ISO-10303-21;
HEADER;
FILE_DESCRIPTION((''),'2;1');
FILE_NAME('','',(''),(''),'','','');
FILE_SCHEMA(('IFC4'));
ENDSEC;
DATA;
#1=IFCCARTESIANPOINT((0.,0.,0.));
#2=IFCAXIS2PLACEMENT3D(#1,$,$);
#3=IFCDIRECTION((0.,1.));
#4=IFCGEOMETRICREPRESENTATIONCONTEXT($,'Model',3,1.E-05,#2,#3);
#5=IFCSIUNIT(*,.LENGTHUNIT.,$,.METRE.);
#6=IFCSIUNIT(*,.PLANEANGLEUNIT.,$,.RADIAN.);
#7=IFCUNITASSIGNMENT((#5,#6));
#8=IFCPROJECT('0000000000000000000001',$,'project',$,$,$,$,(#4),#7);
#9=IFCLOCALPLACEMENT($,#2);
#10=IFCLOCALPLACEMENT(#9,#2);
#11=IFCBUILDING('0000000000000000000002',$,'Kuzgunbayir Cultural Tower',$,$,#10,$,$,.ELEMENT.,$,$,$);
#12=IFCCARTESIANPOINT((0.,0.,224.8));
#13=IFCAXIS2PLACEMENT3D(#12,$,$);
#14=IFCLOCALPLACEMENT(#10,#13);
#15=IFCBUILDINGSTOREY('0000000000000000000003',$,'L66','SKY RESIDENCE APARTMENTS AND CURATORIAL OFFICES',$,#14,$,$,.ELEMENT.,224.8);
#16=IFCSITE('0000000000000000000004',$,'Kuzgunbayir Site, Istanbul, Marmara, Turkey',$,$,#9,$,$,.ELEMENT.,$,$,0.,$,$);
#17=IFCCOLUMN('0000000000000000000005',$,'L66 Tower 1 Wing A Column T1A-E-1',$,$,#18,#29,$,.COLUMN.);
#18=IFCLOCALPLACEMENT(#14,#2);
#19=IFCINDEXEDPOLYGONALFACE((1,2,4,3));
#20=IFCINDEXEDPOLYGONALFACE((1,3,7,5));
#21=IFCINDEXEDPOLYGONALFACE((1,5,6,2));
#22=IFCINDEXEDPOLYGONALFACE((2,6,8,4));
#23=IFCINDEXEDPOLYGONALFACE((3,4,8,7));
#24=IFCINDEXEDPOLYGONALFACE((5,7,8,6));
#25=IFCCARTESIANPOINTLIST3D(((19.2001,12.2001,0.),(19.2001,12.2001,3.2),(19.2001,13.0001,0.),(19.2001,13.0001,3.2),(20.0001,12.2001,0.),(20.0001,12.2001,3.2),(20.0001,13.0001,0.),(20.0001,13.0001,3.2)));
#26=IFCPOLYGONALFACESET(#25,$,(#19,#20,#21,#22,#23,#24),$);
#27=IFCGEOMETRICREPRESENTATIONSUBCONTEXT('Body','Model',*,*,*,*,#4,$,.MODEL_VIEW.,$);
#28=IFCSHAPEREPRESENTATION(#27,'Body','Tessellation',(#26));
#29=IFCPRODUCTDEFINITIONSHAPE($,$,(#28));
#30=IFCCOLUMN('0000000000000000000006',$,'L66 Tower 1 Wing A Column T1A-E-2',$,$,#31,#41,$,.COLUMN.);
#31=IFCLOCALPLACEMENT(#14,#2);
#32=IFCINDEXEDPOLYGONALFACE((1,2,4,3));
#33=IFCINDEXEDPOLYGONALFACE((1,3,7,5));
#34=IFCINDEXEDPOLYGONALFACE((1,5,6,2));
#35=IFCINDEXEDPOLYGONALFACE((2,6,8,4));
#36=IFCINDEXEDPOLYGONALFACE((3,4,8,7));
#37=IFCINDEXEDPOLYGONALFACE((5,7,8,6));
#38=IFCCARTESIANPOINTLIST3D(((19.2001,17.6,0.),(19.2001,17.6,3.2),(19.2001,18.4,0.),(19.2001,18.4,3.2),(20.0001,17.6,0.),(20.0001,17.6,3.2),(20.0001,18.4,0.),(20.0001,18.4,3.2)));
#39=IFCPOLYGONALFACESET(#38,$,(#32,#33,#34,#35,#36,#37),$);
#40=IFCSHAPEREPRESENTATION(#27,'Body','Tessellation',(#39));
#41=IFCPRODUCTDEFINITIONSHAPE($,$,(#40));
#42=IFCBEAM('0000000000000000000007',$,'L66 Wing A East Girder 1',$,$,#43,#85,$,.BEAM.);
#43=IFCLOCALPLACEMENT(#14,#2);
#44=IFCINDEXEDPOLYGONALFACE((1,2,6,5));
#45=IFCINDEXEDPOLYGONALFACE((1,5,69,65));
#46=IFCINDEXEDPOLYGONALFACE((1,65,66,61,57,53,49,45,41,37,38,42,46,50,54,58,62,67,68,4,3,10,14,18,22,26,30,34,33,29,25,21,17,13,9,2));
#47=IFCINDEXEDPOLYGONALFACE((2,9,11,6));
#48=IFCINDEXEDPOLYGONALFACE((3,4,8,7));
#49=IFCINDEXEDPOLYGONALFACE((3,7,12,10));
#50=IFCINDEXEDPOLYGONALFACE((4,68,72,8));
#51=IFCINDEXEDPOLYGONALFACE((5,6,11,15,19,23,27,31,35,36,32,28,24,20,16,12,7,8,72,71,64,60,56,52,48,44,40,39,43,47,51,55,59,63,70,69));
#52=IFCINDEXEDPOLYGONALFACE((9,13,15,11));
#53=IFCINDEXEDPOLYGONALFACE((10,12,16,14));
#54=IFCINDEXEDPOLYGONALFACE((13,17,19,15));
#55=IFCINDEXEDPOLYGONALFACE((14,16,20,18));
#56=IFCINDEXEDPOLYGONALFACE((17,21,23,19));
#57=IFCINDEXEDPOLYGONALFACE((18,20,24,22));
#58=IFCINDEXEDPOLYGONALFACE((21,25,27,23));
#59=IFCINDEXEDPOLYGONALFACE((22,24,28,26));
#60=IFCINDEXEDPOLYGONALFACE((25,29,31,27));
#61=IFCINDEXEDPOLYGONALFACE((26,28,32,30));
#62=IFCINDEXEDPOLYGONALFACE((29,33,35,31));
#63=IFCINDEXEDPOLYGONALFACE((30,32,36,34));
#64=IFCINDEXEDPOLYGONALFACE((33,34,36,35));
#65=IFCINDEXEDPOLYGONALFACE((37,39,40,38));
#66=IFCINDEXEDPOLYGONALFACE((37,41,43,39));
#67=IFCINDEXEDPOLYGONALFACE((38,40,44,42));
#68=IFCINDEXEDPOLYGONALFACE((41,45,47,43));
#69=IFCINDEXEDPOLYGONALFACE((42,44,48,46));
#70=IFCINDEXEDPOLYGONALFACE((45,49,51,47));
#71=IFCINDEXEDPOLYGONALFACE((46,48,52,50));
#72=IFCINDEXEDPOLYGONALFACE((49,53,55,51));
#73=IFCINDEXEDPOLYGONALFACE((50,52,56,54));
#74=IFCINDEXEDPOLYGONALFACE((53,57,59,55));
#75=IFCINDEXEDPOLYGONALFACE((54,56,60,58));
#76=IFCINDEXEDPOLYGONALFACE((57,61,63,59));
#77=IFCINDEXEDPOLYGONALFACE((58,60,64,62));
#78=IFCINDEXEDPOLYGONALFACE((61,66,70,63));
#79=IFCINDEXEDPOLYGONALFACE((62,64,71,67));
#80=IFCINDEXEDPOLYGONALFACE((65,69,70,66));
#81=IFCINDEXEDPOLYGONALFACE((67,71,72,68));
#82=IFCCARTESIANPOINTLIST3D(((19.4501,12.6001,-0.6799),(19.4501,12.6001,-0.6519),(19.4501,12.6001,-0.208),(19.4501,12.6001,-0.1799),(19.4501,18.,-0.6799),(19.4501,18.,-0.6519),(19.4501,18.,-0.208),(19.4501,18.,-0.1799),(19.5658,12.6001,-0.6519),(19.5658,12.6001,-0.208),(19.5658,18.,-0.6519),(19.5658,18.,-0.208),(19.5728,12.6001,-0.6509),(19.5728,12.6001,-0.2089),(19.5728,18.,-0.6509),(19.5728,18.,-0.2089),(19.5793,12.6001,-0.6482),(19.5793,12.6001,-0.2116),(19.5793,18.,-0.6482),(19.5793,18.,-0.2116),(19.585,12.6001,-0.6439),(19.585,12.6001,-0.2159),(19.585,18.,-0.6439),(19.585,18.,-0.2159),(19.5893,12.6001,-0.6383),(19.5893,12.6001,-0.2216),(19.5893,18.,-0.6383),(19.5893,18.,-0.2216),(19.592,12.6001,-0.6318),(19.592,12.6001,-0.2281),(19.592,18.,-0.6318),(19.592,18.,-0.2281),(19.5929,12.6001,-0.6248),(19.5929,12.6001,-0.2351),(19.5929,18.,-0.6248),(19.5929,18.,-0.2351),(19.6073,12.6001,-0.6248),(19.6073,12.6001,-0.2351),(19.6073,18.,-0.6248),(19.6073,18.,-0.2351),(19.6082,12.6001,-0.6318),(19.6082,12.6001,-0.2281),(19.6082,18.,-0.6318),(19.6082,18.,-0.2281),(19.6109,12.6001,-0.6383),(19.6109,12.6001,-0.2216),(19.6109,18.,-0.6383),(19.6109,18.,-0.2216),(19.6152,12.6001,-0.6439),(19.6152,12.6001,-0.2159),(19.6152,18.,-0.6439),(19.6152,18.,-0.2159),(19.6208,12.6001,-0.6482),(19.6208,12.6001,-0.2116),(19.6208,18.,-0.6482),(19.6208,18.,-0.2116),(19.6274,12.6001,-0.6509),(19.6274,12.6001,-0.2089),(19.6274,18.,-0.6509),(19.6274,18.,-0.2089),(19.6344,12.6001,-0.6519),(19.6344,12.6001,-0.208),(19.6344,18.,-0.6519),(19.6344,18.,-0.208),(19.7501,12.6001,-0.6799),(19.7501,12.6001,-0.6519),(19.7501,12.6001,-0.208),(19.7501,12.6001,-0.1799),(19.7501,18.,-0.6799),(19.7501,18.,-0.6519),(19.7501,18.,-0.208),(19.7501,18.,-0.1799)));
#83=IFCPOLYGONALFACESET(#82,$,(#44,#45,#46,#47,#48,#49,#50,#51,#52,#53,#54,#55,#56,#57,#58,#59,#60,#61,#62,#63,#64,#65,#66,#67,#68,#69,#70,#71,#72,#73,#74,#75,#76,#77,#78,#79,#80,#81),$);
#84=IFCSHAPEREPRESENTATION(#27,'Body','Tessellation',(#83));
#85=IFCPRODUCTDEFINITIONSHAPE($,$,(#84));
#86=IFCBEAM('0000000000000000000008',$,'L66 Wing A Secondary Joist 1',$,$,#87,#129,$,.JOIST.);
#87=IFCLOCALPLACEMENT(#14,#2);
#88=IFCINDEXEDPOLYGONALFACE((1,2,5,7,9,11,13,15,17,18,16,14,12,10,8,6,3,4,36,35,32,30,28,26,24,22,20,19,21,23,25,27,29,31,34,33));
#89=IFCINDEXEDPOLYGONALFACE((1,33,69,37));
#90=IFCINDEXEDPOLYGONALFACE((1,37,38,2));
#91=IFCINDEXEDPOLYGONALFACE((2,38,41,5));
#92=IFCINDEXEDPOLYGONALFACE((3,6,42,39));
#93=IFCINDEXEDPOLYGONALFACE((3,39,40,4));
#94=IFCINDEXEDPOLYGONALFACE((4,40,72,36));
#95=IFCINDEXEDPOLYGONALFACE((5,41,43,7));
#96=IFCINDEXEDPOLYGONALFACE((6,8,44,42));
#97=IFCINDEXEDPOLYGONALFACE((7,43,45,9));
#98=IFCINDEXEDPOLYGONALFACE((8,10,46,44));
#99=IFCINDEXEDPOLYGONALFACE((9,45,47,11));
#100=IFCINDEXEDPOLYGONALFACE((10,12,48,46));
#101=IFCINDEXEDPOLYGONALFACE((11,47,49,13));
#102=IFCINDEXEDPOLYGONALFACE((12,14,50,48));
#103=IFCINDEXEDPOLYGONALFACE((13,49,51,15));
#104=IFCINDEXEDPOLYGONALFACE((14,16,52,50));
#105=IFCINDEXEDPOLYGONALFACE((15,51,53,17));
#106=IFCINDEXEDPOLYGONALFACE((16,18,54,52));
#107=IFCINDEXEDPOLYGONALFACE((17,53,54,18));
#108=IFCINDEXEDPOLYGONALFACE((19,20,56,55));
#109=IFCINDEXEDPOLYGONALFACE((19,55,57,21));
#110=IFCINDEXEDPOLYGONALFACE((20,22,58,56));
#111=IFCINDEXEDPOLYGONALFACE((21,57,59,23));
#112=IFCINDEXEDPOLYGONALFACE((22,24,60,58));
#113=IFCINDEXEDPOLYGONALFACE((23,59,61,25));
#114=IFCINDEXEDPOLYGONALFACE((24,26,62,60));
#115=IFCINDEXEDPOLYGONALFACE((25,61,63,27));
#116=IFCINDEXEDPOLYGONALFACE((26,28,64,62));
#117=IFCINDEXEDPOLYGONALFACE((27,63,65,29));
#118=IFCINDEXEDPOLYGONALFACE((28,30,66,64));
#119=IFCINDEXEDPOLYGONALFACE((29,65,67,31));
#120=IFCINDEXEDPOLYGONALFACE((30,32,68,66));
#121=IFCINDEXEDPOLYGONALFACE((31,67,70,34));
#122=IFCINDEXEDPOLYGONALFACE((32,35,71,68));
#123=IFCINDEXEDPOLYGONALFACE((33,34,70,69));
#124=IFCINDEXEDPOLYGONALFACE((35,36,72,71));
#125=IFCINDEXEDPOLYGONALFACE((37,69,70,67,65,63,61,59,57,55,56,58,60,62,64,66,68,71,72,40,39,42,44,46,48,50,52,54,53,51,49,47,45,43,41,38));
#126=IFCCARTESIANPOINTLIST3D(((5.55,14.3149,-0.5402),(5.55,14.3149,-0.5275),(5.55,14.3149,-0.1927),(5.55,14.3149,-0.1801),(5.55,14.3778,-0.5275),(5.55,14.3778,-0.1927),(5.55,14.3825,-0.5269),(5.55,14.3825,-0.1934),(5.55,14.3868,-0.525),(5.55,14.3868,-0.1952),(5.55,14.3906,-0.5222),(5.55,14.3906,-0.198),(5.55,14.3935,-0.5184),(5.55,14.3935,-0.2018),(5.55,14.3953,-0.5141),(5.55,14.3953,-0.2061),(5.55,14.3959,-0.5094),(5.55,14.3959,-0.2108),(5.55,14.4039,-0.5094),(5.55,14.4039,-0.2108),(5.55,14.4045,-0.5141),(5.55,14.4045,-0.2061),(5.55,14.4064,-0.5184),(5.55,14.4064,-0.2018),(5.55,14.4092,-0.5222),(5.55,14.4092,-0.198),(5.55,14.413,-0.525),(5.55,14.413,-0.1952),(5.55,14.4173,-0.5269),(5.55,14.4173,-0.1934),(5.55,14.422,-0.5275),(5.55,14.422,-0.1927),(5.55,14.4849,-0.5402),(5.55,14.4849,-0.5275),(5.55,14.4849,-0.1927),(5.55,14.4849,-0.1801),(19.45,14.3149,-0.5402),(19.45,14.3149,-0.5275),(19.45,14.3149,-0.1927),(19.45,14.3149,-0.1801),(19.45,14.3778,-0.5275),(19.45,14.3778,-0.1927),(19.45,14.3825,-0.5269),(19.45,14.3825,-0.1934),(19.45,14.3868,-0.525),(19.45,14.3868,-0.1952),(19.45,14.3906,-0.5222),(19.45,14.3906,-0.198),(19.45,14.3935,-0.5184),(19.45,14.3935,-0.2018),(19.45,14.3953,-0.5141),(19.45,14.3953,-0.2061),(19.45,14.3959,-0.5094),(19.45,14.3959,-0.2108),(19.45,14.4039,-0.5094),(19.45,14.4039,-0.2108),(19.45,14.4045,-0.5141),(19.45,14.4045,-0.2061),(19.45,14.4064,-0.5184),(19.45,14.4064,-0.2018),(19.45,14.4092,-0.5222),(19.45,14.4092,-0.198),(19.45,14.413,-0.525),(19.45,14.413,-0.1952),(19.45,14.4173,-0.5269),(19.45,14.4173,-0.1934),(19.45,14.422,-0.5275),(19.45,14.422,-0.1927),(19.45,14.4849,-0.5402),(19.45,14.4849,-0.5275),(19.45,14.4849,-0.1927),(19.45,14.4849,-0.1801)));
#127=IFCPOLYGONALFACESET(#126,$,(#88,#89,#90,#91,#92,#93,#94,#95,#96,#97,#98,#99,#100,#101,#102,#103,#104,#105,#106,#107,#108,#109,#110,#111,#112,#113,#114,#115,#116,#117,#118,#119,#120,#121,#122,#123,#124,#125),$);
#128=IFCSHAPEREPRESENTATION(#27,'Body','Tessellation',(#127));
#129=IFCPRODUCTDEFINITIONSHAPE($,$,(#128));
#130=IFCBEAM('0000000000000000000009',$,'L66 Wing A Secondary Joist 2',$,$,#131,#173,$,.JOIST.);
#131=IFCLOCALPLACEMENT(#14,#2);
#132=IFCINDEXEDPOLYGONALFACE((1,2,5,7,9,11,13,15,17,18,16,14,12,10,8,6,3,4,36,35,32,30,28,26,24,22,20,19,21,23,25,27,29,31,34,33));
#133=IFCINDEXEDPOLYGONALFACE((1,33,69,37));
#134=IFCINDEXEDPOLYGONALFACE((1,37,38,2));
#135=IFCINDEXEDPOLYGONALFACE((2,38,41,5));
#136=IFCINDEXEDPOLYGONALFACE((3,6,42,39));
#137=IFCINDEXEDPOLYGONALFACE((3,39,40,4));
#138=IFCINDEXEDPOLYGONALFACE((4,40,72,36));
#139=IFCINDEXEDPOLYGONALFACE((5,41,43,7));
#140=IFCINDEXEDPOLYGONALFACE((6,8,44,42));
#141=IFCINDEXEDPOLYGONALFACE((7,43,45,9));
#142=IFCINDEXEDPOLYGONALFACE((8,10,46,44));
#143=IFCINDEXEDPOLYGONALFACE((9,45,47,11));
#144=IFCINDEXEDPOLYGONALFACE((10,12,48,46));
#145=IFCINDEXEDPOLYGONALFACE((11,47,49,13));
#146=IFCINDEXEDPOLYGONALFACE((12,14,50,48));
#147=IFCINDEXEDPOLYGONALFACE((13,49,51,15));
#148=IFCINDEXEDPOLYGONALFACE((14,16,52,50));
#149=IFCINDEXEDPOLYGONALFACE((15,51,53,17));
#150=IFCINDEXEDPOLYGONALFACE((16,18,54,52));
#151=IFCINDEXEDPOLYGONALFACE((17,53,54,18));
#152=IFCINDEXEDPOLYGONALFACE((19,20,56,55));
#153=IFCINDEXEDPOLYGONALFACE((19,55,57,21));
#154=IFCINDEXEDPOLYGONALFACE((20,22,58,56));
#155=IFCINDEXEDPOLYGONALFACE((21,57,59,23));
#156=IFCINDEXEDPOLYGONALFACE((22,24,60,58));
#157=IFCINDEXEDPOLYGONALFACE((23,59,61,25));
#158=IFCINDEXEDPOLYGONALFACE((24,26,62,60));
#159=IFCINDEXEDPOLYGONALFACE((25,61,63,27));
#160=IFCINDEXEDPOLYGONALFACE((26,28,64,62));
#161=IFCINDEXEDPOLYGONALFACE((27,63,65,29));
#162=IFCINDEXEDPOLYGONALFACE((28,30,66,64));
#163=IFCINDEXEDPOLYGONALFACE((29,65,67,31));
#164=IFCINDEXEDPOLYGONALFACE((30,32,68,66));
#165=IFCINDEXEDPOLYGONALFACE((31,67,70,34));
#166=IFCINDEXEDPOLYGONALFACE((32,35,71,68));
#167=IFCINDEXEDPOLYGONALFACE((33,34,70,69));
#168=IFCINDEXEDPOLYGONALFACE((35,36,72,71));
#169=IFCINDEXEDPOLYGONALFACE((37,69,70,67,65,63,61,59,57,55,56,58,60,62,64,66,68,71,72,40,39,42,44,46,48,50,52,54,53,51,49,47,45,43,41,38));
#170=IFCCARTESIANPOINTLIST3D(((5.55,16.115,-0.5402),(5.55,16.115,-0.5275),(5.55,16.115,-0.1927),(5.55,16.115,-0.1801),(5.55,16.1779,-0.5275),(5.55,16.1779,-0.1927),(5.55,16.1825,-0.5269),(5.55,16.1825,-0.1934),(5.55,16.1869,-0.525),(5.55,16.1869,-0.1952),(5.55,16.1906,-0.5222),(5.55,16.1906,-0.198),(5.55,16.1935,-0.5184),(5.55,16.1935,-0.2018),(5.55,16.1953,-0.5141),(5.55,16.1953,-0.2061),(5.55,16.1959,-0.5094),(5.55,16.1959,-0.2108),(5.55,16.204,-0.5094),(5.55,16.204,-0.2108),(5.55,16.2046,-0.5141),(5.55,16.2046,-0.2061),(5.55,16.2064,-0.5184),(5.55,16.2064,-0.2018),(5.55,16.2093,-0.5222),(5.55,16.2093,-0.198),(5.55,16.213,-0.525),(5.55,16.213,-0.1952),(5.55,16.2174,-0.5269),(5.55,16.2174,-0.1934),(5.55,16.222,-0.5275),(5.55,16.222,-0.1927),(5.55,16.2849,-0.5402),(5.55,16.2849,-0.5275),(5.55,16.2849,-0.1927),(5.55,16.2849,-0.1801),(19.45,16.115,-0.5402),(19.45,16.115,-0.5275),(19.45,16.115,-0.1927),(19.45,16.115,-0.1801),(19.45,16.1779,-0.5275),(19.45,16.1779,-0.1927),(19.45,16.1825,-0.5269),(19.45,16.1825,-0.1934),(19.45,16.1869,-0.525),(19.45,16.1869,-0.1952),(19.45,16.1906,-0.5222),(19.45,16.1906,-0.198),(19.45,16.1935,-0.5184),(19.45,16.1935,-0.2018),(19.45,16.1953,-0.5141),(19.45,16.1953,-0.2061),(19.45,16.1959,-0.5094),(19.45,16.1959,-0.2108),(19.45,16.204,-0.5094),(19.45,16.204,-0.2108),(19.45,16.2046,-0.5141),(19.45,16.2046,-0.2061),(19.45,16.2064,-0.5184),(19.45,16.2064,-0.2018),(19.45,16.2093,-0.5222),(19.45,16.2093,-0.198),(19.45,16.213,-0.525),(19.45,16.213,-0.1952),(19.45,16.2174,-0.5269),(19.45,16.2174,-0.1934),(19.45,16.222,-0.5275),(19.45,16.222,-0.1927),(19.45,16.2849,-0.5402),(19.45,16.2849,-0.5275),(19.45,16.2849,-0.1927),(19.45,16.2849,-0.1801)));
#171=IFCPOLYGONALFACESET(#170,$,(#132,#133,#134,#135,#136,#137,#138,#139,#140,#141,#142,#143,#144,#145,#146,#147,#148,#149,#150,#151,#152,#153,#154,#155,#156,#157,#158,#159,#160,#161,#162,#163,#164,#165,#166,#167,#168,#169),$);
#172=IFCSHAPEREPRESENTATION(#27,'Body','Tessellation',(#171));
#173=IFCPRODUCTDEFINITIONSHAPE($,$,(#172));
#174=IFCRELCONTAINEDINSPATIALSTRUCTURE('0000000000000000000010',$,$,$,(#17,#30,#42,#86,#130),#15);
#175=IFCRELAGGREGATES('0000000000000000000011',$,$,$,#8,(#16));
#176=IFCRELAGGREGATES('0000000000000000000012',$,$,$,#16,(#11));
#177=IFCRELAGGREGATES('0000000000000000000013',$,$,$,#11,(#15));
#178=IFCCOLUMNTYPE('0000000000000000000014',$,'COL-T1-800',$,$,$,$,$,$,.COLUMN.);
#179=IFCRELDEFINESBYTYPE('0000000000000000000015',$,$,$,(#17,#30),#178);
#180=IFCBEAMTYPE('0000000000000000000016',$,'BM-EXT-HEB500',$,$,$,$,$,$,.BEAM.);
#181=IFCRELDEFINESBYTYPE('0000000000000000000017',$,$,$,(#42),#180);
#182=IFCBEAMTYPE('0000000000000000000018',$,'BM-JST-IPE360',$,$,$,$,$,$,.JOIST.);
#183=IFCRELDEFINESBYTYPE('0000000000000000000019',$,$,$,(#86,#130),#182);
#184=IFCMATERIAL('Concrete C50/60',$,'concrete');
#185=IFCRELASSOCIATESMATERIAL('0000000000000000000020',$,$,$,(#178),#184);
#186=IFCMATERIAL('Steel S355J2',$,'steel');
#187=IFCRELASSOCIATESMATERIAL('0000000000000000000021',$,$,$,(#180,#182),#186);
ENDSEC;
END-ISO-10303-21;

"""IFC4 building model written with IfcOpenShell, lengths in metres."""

from ifc_helpers import new_model, si_unit, direction, frame, origin, origin_2d, place, context, subcontext, project, spatial, rectangle, i_section, extrude, material, material_profile, profile_set, type_object, element, save


model = new_model("IFC4")

# Units and contexts
model_context = context("Model", 3, precision=1e-05, world=origin(), true_north=direction((0.0, 1.0)))
body_context = subcontext(model_context, "Body", "Model", "MODEL_VIEW")
ifc_project = project(units=[si_unit("LENGTHUNIT", "METRE"), si_unit("PLANEANGLEUNIT", "RADIAN")], contexts=[model_context])

# Site, building, storey
site_placement = place(None, origin())
site = spatial("IfcSite", under=ifc_project, at=site_placement, Name="Kuzgunbayir Site, Istanbul, Marmara, Turkey", CompositionType="ELEMENT", RefElevation=0.0)
building_placement = place(site_placement, origin())
building = spatial("IfcBuilding", under=site, at=building_placement, Name="Kuzgunbayir Cultural Tower", CompositionType="ELEMENT")
storey_placement = place(building_placement, frame((0.0, 0.0, 224.8)))
storey = spatial("IfcBuildingStorey", under=building, at=storey_placement, Name="L66", Description="SKY RESIDENCE APARTMENTS AND CURATORIAL OFFICES", CompositionType="ELEMENT", Elevation=224.8)

# Columns
ifc_material_1 = material(Name="Concrete C50/60", Category="concrete")
ifc_material_profile_1 = material_profile(ifc_material_1, rectangle(XDim=0.8, YDim=0.8, at=origin_2d()), Name="RC 800x800")
ifc_profile_set_1 = profile_set([ifc_material_profile_1], Name="Concrete C50/60")
column_type = type_object("IfcColumnType", Name="COL-T1-800", PredefinedType="COLUMN", material=ifc_profile_set_1)
for number, where, z_axis, x_axis, name in (
    (1, (19.6001, 12.6001, 0.0), (0.0, 0.0, 1.0), (1.0, 0.0, 0.0), "L66 Tower 1 Wing A Column T1A-E-1"),
    (2, (19.6001, 18.0, 0.0), (0.0, 0.0, 1.0), (1.0, 0.0, 0.0), "L66 Tower 1 Wing A Column T1A-E-2"),
):
    element("IfcColumn", number, at=place(storey_placement, frame(where, z_axis=z_axis, x_axis=x_axis)), inside=storey, type_object=column_type, Name=name, PredefinedType="COLUMN", context=body_context, shape_type="SweptSolid", body=[
        extrude(rectangle(XDim=0.8, YDim=0.8, at=origin_2d()), origin(), (0.0, 0.0, 1.0), 3.2),
    ])

# Beams
ifc_material_2 = material(Name="Steel S355J2", Category="steel")
ifc_material_profile_2 = material_profile(ifc_material_2, i_section(OverallWidth=0.3, OverallDepth=0.5, WebThickness=0.0144, FlangeThickness=0.0281, FilletRadius=0.0271, at=origin_2d()), Name="HEB 500")
ifc_profile_set_2 = profile_set([ifc_material_profile_2], Name="Steel S355J2")
beam_type_1 = type_object("IfcBeamType", Name="BM-EXT-HEB500", PredefinedType="BEAM", material=ifc_profile_set_2)
beam_placement = place(storey_placement, frame((19.6001, 12.6001, -0.4299), z_axis=(0.0, 1.0, 0.0), x_axis=(-1.0, 0.0, 0.0)))
element("IfcBeam", 3, at=beam_placement, inside=storey, type_object=beam_type_1, Name="L66 Wing A East Girder 1", PredefinedType="BEAM", context=body_context, shape_type="SweptSolid", body=[
    extrude(i_section(OverallWidth=0.3, OverallDepth=0.5, WebThickness=0.0144, FlangeThickness=0.0281, FilletRadius=0.0271, at=origin_2d()), origin(), (0.0, 0.0, 1.0), 5.3999),
])
ifc_material_profile_3 = material_profile(ifc_material_2, i_section(OverallWidth=0.1699, OverallDepth=0.3601, WebThickness=0.0081, FlangeThickness=0.0127, FilletRadius=0.0181, at=origin_2d()), Name="IPE 360")
ifc_profile_set_3 = profile_set([ifc_material_profile_3], Name="Steel S355J2")
beam_type_2 = type_object("IfcBeamType", Name="BM-JST-IPE360", PredefinedType="JOIST", material=ifc_profile_set_3)
for number, where, z_axis, x_axis, name in (
    (4, (5.55, 14.3999, -0.3601), (1.0, 0.0, 0.0), (0.0, 1.0, 0.0), "L66 Wing A Secondary Joist 1"),
    (5, (5.55, 16.2, -0.3601), (1.0, 0.0, 0.0), (0.0, 1.0, 0.0), "L66 Wing A Secondary Joist 2"),
):
    element("IfcBeam", number, at=place(storey_placement, frame(where, z_axis=z_axis, x_axis=x_axis)), inside=storey, type_object=beam_type_2, Name=name, PredefinedType="JOIST", context=body_context, shape_type="SweptSolid", body=[
        extrude(i_section(OverallWidth=0.1699, OverallDepth=0.3601, WebThickness=0.0081, FlangeThickness=0.0127, FilletRadius=0.0181, at=origin_2d()), origin(), (0.0, 0.0, 1.0), 13.8999),
    ])

save(model, "model.ifc")
